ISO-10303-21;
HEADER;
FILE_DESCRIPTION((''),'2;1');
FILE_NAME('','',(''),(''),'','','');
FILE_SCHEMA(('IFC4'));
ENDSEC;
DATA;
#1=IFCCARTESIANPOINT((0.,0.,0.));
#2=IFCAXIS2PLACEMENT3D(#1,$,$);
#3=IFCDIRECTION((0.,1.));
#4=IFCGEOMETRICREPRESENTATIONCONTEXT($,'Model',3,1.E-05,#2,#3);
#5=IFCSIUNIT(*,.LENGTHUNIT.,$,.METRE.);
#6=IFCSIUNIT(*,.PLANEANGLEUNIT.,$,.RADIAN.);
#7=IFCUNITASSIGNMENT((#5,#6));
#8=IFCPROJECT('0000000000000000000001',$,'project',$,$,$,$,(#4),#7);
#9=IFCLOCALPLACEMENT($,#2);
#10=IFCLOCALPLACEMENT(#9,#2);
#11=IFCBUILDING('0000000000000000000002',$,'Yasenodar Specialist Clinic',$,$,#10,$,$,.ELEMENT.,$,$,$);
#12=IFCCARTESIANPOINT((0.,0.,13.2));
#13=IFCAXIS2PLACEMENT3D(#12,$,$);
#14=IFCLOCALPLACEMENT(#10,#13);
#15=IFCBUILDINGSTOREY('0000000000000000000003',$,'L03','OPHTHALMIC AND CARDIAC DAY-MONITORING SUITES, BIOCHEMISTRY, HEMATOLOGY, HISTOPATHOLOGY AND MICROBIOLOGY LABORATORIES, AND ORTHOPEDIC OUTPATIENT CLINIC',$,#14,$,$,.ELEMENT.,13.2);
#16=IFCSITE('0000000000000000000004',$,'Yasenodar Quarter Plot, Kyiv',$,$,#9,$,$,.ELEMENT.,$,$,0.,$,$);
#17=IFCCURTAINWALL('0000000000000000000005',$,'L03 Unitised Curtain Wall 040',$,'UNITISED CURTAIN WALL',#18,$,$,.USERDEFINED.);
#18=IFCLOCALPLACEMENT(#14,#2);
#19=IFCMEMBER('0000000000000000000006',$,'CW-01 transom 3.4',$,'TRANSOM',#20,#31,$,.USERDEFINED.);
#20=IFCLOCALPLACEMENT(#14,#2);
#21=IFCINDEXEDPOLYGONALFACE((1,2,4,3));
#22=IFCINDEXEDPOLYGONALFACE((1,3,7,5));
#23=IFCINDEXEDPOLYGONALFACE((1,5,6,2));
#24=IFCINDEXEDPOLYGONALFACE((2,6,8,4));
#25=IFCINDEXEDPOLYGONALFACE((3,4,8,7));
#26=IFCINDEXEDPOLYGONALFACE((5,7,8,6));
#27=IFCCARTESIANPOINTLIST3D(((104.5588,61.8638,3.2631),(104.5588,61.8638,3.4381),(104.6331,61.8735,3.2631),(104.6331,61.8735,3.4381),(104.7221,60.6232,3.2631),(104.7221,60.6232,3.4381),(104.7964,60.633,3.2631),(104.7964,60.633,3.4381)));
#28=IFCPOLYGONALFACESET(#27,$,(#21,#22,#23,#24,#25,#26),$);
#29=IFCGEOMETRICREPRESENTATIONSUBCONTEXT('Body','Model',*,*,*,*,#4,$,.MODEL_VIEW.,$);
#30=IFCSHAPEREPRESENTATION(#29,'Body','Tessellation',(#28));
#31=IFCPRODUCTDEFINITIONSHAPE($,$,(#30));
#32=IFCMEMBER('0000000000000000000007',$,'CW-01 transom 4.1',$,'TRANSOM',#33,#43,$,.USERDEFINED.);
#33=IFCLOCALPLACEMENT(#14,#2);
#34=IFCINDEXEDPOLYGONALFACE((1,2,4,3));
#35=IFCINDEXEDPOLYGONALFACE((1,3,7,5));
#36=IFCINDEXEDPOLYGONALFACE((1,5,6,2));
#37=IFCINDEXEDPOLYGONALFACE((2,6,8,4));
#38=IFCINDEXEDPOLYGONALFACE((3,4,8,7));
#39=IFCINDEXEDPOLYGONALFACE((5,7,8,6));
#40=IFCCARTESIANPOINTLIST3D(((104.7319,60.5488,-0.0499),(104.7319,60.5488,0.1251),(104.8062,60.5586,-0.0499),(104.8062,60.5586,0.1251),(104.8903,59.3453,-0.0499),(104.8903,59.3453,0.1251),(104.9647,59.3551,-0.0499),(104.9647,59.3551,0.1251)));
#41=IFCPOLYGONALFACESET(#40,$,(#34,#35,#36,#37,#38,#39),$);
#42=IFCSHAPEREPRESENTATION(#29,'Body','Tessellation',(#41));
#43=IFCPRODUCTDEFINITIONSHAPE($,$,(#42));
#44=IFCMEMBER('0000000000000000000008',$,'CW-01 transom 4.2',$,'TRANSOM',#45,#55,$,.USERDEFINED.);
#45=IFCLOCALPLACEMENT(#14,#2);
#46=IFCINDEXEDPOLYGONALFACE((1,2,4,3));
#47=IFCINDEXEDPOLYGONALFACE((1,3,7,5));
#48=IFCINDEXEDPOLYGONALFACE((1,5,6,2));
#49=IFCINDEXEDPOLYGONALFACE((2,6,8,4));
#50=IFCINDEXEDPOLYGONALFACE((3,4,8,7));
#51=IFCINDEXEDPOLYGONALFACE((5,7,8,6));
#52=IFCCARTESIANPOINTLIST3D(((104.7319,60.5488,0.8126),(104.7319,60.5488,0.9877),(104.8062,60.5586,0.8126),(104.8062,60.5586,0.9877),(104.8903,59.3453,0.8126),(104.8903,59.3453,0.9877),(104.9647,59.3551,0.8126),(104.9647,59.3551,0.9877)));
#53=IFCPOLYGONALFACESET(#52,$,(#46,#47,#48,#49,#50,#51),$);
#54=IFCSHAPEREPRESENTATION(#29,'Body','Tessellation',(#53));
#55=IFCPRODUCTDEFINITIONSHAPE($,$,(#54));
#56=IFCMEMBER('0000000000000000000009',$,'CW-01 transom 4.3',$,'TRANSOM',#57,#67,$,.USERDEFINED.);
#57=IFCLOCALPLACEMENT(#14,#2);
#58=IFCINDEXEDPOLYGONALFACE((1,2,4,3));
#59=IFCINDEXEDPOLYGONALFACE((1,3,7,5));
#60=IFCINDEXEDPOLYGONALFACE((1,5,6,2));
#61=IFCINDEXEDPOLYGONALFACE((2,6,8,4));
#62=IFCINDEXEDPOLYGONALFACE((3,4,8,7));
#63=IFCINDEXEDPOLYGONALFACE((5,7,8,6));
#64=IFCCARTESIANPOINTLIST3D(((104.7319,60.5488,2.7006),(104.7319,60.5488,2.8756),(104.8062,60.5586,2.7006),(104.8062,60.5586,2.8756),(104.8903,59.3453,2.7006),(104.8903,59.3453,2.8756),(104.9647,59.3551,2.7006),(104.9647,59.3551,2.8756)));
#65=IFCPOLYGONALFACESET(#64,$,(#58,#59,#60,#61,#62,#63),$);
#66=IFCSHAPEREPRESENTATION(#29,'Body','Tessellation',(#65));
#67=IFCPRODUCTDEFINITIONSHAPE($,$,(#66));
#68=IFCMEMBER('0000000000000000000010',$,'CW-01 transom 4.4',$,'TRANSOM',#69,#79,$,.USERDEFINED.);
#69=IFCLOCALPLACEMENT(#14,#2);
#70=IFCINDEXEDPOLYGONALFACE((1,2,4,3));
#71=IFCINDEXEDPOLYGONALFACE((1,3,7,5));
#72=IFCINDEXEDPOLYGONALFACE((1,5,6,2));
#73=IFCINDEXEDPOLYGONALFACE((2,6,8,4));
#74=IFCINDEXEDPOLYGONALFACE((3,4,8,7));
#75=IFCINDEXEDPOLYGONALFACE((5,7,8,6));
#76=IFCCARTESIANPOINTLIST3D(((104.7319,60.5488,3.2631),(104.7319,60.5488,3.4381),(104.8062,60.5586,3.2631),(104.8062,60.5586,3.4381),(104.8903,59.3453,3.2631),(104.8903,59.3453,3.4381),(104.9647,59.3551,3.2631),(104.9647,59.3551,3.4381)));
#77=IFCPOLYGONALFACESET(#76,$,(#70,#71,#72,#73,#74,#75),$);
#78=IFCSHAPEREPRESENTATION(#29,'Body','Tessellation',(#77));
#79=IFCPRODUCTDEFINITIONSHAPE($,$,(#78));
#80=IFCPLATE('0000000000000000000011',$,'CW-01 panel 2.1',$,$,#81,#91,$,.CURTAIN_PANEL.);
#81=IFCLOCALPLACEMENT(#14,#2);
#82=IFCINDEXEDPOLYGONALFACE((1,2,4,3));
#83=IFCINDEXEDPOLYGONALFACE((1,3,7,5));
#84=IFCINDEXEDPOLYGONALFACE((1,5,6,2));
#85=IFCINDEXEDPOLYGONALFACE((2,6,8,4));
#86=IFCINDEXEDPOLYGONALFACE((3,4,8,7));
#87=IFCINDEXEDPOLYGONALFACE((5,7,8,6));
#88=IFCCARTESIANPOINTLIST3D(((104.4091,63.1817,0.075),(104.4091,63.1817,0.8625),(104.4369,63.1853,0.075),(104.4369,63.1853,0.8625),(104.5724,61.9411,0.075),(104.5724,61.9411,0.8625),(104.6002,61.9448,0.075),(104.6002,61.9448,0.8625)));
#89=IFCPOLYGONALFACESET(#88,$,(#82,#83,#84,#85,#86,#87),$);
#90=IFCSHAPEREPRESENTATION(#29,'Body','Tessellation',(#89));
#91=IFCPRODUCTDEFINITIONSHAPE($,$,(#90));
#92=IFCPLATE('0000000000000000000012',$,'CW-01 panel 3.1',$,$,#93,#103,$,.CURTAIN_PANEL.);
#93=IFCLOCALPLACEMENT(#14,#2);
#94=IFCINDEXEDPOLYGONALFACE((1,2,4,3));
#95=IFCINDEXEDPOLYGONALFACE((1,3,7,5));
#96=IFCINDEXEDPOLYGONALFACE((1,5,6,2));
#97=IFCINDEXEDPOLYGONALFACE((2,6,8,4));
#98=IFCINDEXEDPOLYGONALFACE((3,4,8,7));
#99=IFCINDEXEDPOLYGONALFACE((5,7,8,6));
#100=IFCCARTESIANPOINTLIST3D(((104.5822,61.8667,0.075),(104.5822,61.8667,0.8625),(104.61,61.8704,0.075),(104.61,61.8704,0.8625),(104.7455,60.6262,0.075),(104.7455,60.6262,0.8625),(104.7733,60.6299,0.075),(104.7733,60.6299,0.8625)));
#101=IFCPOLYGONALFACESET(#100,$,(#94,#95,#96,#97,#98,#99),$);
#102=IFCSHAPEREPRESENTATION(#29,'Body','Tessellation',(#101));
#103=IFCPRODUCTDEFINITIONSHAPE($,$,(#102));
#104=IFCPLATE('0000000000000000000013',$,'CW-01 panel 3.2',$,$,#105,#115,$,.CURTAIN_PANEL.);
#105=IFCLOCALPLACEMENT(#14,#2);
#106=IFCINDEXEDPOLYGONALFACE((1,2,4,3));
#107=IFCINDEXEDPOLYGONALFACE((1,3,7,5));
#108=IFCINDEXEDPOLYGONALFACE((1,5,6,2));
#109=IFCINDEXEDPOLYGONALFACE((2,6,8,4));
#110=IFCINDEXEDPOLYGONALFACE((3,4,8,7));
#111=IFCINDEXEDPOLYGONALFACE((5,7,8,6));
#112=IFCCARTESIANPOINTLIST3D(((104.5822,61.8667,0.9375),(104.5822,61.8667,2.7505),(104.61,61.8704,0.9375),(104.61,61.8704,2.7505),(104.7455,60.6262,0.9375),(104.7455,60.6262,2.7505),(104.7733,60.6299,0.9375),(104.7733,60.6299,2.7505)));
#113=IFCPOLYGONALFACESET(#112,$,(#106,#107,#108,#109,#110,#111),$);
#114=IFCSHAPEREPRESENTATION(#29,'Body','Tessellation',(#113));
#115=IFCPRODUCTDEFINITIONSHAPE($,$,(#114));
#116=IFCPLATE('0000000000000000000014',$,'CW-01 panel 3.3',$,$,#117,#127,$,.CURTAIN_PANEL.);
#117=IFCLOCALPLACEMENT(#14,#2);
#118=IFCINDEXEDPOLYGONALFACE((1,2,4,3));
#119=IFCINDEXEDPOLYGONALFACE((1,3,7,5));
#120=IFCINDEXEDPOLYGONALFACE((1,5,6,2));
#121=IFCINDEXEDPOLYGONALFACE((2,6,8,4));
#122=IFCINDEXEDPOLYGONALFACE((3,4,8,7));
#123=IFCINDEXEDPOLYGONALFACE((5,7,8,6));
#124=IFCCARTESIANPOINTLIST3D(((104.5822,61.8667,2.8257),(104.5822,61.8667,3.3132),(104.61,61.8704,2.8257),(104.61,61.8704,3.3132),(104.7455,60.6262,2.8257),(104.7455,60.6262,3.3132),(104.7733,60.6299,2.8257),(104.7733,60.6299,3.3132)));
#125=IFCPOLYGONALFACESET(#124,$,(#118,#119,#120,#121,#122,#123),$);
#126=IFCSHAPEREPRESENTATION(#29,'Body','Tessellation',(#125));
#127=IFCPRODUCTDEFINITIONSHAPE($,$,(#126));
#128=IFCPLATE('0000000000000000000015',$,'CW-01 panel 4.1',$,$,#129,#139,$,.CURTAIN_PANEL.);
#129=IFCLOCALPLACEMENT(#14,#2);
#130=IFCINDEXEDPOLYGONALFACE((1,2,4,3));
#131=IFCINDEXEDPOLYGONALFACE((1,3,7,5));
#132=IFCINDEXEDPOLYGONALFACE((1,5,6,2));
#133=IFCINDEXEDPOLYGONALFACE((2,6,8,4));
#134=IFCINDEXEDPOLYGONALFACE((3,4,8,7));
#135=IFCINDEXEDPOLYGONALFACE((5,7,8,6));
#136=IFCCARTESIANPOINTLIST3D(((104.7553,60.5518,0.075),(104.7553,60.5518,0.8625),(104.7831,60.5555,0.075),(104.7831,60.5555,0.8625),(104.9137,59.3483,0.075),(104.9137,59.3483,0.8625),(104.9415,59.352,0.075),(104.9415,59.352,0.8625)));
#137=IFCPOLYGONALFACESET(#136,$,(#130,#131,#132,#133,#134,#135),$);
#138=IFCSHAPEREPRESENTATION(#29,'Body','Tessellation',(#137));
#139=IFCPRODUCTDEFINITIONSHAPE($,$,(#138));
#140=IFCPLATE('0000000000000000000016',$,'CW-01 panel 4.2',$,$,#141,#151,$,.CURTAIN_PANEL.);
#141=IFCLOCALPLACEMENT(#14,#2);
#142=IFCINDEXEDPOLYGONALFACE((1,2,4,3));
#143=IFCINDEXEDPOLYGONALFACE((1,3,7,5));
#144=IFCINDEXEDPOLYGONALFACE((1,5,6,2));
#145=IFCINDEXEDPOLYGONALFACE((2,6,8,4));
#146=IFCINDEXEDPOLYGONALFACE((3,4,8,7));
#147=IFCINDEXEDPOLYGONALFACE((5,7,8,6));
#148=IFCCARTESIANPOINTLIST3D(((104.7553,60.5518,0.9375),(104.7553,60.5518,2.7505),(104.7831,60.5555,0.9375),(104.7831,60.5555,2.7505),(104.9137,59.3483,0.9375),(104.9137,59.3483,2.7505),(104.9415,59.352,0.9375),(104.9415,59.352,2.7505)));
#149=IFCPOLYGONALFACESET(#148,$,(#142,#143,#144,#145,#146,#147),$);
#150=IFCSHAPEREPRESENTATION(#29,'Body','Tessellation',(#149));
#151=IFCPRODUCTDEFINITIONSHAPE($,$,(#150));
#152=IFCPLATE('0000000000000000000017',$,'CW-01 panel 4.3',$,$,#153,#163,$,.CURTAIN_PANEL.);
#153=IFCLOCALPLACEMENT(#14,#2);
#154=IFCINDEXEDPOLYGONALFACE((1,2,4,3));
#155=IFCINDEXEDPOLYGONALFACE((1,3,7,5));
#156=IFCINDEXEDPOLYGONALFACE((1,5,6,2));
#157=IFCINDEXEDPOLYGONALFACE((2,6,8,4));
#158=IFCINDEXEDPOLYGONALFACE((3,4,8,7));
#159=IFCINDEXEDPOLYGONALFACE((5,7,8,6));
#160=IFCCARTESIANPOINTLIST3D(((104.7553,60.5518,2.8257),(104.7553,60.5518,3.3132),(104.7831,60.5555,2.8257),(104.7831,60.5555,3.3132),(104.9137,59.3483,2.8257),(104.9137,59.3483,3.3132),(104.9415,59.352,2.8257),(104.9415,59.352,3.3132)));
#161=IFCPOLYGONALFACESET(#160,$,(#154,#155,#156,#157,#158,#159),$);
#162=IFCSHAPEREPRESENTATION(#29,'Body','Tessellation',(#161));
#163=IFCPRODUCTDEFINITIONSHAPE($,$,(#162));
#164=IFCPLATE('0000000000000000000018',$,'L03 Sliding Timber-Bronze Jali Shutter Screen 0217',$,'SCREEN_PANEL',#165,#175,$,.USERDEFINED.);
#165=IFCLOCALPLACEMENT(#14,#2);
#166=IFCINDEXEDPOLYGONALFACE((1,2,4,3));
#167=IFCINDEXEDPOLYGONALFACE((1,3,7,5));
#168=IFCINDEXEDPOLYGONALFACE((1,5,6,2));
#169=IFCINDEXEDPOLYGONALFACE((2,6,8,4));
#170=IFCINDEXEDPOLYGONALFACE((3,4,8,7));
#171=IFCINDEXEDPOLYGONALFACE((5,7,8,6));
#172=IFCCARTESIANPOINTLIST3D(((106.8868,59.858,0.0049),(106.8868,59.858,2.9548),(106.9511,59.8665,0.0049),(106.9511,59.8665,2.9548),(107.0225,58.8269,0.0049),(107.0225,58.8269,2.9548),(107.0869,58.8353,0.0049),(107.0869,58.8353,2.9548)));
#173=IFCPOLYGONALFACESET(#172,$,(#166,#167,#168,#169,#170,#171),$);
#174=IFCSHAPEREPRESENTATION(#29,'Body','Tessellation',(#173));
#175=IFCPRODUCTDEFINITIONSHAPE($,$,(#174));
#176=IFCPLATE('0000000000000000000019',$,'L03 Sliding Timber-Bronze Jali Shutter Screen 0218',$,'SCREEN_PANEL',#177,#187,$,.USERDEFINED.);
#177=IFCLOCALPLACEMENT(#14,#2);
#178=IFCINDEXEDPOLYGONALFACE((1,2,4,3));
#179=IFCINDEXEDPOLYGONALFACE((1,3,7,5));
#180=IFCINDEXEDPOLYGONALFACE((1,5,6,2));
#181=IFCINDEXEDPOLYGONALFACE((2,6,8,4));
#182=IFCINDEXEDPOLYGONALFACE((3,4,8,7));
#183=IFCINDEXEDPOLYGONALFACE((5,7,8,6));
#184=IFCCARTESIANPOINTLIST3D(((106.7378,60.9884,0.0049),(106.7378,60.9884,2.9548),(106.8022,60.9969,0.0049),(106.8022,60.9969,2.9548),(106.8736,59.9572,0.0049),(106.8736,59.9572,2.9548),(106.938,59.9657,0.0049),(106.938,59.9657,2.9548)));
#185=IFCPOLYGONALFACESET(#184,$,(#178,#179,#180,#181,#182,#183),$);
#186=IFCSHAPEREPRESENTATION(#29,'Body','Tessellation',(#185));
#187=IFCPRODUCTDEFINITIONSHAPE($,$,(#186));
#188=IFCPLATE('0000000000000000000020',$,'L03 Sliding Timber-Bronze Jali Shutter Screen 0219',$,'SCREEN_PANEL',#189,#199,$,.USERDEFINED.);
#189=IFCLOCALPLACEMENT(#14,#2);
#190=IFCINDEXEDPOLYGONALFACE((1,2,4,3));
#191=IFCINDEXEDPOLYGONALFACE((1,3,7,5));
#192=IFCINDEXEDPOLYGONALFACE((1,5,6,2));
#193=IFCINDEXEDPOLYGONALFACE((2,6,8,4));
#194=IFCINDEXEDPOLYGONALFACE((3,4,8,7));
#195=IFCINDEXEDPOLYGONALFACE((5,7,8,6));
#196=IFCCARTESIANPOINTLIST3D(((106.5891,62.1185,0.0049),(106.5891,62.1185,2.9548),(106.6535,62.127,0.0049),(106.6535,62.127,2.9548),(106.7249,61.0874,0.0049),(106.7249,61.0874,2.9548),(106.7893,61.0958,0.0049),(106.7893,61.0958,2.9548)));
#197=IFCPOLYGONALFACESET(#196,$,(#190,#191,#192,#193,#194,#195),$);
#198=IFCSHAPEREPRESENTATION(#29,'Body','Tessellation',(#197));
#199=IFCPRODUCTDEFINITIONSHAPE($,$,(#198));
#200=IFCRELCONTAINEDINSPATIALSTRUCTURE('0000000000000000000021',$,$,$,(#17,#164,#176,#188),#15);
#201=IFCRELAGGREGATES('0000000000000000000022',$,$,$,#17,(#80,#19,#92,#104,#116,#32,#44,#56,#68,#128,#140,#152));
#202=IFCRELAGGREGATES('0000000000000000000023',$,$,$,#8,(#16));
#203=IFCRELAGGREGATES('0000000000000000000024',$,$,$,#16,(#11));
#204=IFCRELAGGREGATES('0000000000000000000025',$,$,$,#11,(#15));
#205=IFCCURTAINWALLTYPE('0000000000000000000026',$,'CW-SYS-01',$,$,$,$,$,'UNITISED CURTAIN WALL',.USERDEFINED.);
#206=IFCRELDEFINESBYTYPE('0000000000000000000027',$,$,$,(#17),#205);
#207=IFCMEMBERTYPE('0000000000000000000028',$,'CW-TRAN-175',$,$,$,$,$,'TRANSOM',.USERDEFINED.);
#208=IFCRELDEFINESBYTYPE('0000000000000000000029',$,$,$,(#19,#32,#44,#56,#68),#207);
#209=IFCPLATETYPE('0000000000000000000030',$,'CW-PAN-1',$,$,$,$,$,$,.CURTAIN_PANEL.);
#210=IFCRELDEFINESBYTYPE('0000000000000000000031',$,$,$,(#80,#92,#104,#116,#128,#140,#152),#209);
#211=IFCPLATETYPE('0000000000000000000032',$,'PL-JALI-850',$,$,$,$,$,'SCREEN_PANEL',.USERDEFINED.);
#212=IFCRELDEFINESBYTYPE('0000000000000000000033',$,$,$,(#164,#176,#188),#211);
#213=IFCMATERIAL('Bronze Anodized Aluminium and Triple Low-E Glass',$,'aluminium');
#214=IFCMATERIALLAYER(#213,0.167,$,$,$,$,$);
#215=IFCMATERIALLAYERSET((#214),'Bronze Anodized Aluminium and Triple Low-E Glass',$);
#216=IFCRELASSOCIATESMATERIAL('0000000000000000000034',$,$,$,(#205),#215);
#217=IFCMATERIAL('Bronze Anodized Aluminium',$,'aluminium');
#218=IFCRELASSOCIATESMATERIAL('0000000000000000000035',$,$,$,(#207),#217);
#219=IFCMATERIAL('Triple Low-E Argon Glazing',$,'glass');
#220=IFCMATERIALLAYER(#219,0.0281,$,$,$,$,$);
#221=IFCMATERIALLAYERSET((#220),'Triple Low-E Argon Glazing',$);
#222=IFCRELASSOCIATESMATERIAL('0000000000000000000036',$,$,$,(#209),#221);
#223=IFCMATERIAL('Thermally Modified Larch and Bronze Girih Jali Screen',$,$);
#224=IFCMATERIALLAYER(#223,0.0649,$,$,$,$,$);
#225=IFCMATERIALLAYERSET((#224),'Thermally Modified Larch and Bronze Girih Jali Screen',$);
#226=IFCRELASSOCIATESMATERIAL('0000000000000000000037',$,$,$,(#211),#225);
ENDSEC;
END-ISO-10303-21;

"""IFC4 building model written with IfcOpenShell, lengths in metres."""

from ifc_helpers import new_model, si_unit, direction, frame, origin, origin_2d, place, context, subcontext, project, spatial, rectangle, extrude, material, layer, layer_set, material_profile, profile_set, type_object, element, aggregate, save


model = new_model("IFC4")

# Units and contexts
model_context = context("Model", 3, precision=1e-05, world=origin(), true_north=direction((0.0, 1.0)))
body_context = subcontext(model_context, "Body", "Model", "MODEL_VIEW")
ifc_project = project(units=[si_unit("LENGTHUNIT", "METRE"), si_unit("PLANEANGLEUNIT", "RADIAN")], contexts=[model_context])

# Site, building, storey
site_placement = place(None, origin())
site = spatial("IfcSite", under=ifc_project, at=site_placement, Name="Yasenodar Quarter Plot, Kyiv", CompositionType="ELEMENT", RefElevation=0.0)
building_placement = place(site_placement, origin())
building = spatial("IfcBuilding", under=site, at=building_placement, Name="Yasenodar Specialist Clinic", CompositionType="ELEMENT")
storey_placement = place(building_placement, frame((0.0, 0.0, 13.2)))
storey = spatial("IfcBuildingStorey", under=building, at=storey_placement, Name="L03", Description="OPHTHALMIC AND CARDIAC DAY-MONITORING SUITES, BIOCHEMISTRY, HEMATOLOGY, HISTOPATHOLOGY AND MICROBIOLOGY LABORATORIES, AND ORTHOPEDIC OUTPATIENT CLINIC", CompositionType="ELEMENT", Elevation=13.2)

# Curtain wall, members, plates
ifc_material_1 = material(Name="Bronze Anodized Aluminium and Triple Low-E Glass", Category="aluminium")
ifc_layer_1 = layer(ifc_material_1, 0.167)
ifc_layer_set_1 = layer_set([ifc_layer_1], Name="Bronze Anodized Aluminium and Triple Low-E Glass")
curtain_wall_type = type_object("IfcCurtainWallType", Name="CW-SYS-01", ElementType="UNITISED CURTAIN WALL", PredefinedType="USERDEFINED", material=ifc_layer_set_1)
curtain_wall_placement = place(storey_placement, origin())
curtain_wall = element("IfcCurtainWall", 1, at=curtain_wall_placement, inside=storey, type_object=curtain_wall_type, Name="L03 Unitised Curtain Wall 040", ObjectType="UNITISED CURTAIN WALL", PredefinedType="USERDEFINED")
ifc_material_2 = material(Name="Bronze Anodized Aluminium", Category="aluminium")
ifc_material_profile_1 = material_profile(ifc_material_2, rectangle(XDim=0.075, YDim=0.175, at=origin_2d()), Name="CW-TRAN 75x175")
ifc_profile_set_1 = profile_set([ifc_material_profile_1], Name="Bronze Anodized Aluminium")
member_type_1 = type_object("IfcMemberType", Name="CW-TRAN-175", ElementType="TRANSOM", PredefinedType="USERDEFINED", material=ifc_profile_set_1)
member_1_placement = place(storey_placement, frame((104.5959, 61.8687, 3.3506), z_axis=(0.13054, -0.991443, 0.0), x_axis=(0.991443, 0.13054, 0.0)))
member_1 = element("IfcMember", 2, at=member_1_placement, type_object=member_type_1, Name="CW-01 transom 3.4", ObjectType="TRANSOM", PredefinedType="USERDEFINED", context=body_context, shape_type="SweptSolid", body=[
    extrude(rectangle(XDim=0.075, YDim=0.175, at=origin_2d()), origin(), (0.0, 0.0, 1.0), 1.2512),
])
member_2_placement = place(storey_placement, frame((104.769, 60.5537, 0.0376), z_axis=(0.130543, -0.991443, 0.0), x_axis=(0.991443, 0.130543, 0.0)))
member_2 = element("IfcMember", 3, at=member_2_placement, type_object=member_type_1, Name="CW-01 transom 4.1", ObjectType="TRANSOM", PredefinedType="USERDEFINED", context=body_context, shape_type="SweptSolid", body=[
    extrude(rectangle(XDim=0.075, YDim=0.175, at=origin_2d()), origin(), (0.0, 0.0, 1.0), 1.2139),
])
member_3_placement = place(storey_placement, frame((104.769, 60.5537, 0.9001), z_axis=(0.130543, -0.991443, 0.0), x_axis=(0.991443, 0.130543, 0.0)))
member_3 = element("IfcMember", 4, at=member_3_placement, type_object=member_type_1, Name="CW-01 transom 4.2", ObjectType="TRANSOM", PredefinedType="USERDEFINED", context=body_context, shape_type="SweptSolid", body=[
    extrude(rectangle(XDim=0.075, YDim=0.175, at=origin_2d()), origin(), (0.0, 0.0, 1.0), 1.2139),
])
member_4_placement = place(storey_placement, frame((104.769, 60.5537, 2.7881), z_axis=(0.130543, -0.991443, 0.0), x_axis=(0.991443, 0.130543, 0.0)))
member_4 = element("IfcMember", 5, at=member_4_placement, type_object=member_type_1, Name="CW-01 transom 4.3", ObjectType="TRANSOM", PredefinedType="USERDEFINED", context=body_context, shape_type="SweptSolid", body=[
    extrude(rectangle(XDim=0.075, YDim=0.175, at=origin_2d()), origin(), (0.0, 0.0, 1.0), 1.2139),
])
member_5_placement = place(storey_placement, frame((104.769, 60.5537, 3.3506), z_axis=(0.130543, -0.991443, 0.0), x_axis=(0.991443, 0.130543, 0.0)))
member_5 = element("IfcMember", 6, at=member_5_placement, type_object=member_type_1, Name="CW-01 transom 4.4", ObjectType="TRANSOM", PredefinedType="USERDEFINED", context=body_context, shape_type="SweptSolid", body=[
    extrude(rectangle(XDim=0.075, YDim=0.175, at=origin_2d()), origin(), (0.0, 0.0, 1.0), 1.2139),
])
ifc_material_3 = material(Name="Triple Low-E Argon Glazing", Category="glass")
ifc_layer_2 = layer(ifc_material_3, 0.0281)
ifc_layer_set_2 = layer_set([ifc_layer_2], Name="Triple Low-E Argon Glazing")
plate_type_1 = type_object("IfcPlateType", Name="CW-PAN-1", PredefinedType="CURTAIN_PANEL", material=ifc_layer_set_2)
plate_1_placement = place(storey_placement, frame((104.5046, 62.5632, 0.075), z_axis=(0.0, 0.0, 1.0), x_axis=(0.130512, -0.991447, 0.0)))
plate_1 = element("IfcPlate", 7, at=plate_1_placement, type_object=plate_type_1, Name="CW-01 panel 2.1", PredefinedType="CURTAIN_PANEL", context=body_context, shape_type="SweptSolid", body=[
    extrude(rectangle(XDim=1.2512, YDim=0.0281, at=origin_2d()), origin(), (0.0, 0.0, 1.0), 0.7876),
])
plate_2_placement = place(storey_placement, frame((104.6777, 61.2483, 0.075), z_axis=(0.0, 0.0, 1.0), x_axis=(0.130512, -0.991447, 0.0)))
plate_2 = element("IfcPlate", 8, at=plate_2_placement, type_object=plate_type_1, Name="CW-01 panel 3.1", PredefinedType="CURTAIN_PANEL", context=body_context, shape_type="SweptSolid", body=[
    extrude(rectangle(XDim=1.2512, YDim=0.0281, at=origin_2d()), origin(), (0.0, 0.0, 1.0), 0.7876),
])
plate_3_placement = place(storey_placement, frame((104.6777, 61.2483, 0.9375), z_axis=(0.0, 0.0, 1.0), x_axis=(0.130512, -0.991447, 0.0)))
plate_3 = element("IfcPlate", 9, at=plate_3_placement, type_object=plate_type_1, Name="CW-01 panel 3.2", PredefinedType="CURTAIN_PANEL", context=body_context, shape_type="SweptSolid", body=[
    extrude(rectangle(XDim=1.2512, YDim=0.0281, at=origin_2d()), origin(), (0.0, 0.0, 1.0), 1.813),
])
plate_4_placement = place(storey_placement, frame((104.6777, 61.2483, 2.8257), z_axis=(0.0, 0.0, 1.0), x_axis=(0.130512, -0.991447, 0.0)))
plate_4 = element("IfcPlate", 10, at=plate_4_placement, type_object=plate_type_1, Name="CW-01 panel 3.3", PredefinedType="CURTAIN_PANEL", context=body_context, shape_type="SweptSolid", body=[
    extrude(rectangle(XDim=1.2512, YDim=0.0281, at=origin_2d()), origin(), (0.0, 0.0, 1.0), 0.4875),
])
plate_5_placement = place(storey_placement, frame((104.8484, 59.9519, 0.075), z_axis=(0.0, 0.0, 1.0), x_axis=(0.130512, -0.991447, 0.0)))
plate_5 = element("IfcPlate", 11, at=plate_5_placement, type_object=plate_type_1, Name="CW-01 panel 4.1", PredefinedType="CURTAIN_PANEL", context=body_context, shape_type="SweptSolid", body=[
    extrude(rectangle(XDim=1.2139, YDim=0.0281, at=origin_2d()), origin(), (0.0, 0.0, 1.0), 0.7876),
])
plate_6_placement = place(storey_placement, frame((104.8484, 59.9519, 0.9375), z_axis=(0.0, 0.0, 1.0), x_axis=(0.130512, -0.991447, 0.0)))
plate_6 = element("IfcPlate", 12, at=plate_6_placement, type_object=plate_type_1, Name="CW-01 panel 4.2", PredefinedType="CURTAIN_PANEL", context=body_context, shape_type="SweptSolid", body=[
    extrude(rectangle(XDim=1.2139, YDim=0.0281, at=origin_2d()), origin(), (0.0, 0.0, 1.0), 1.813),
])
plate_7_placement = place(storey_placement, frame((104.8484, 59.9519, 2.8257), z_axis=(0.0, 0.0, 1.0), x_axis=(0.130512, -0.991447, 0.0)))
plate_7 = element("IfcPlate", 13, at=plate_7_placement, type_object=plate_type_1, Name="CW-01 panel 4.3", PredefinedType="CURTAIN_PANEL", context=body_context, shape_type="SweptSolid", body=[
    extrude(rectangle(XDim=1.2139, YDim=0.0281, at=origin_2d()), origin(), (0.0, 0.0, 1.0), 0.4875),
])
aggregate(curtain_wall, [plate_1, member_1, plate_2, plate_3, plate_4, member_2, member_3, member_4, member_5, plate_5, plate_6, plate_7])

# Plates
ifc_material_4 = material(Name="Thermally Modified Larch and Bronze Girih Jali Screen")
ifc_layer_3 = layer(ifc_material_4, 0.0649)
ifc_layer_set_3 = layer_set([ifc_layer_3], Name="Thermally Modified Larch and Bronze Girih Jali Screen")
plate_type_2 = type_object("IfcPlateType", Name="PL-JALI-850", ElementType="SCREEN_PANEL", PredefinedType="USERDEFINED", material=ifc_layer_set_3)
for number, where, z_axis, x_axis, name in (
    (14, (106.9868, 59.3467, 0.0049), (0.0, 0.0, 1.0), (-0.130519, 0.991446, 0.0), "L03 Sliding Timber-Bronze Jali Shutter Screen 0217"),
    (15, (106.8379, 60.4771, 0.0049), (0.0, 0.0, 1.0), (-0.130519, 0.991446, 0.0), "L03 Sliding Timber-Bronze Jali Shutter Screen 0218"),
    (16, (106.6892, 61.6072, 0.0049), (0.0, 0.0, 1.0), (-0.130519, 0.991446, 0.0), "L03 Sliding Timber-Bronze Jali Shutter Screen 0219"),
):
    element("IfcPlate", number, at=place(storey_placement, frame(where, z_axis=z_axis, x_axis=x_axis)), inside=storey, type_object=plate_type_2, Name=name, ObjectType="SCREEN_PANEL", PredefinedType="USERDEFINED", context=body_context, shape_type="SweptSolid", body=[
        extrude(rectangle(XDim=1.04, YDim=0.0649, at=origin_2d()), origin(), (0.0, 0.0, 1.0), 2.95),
    ])

save(model, "model.ifc")
